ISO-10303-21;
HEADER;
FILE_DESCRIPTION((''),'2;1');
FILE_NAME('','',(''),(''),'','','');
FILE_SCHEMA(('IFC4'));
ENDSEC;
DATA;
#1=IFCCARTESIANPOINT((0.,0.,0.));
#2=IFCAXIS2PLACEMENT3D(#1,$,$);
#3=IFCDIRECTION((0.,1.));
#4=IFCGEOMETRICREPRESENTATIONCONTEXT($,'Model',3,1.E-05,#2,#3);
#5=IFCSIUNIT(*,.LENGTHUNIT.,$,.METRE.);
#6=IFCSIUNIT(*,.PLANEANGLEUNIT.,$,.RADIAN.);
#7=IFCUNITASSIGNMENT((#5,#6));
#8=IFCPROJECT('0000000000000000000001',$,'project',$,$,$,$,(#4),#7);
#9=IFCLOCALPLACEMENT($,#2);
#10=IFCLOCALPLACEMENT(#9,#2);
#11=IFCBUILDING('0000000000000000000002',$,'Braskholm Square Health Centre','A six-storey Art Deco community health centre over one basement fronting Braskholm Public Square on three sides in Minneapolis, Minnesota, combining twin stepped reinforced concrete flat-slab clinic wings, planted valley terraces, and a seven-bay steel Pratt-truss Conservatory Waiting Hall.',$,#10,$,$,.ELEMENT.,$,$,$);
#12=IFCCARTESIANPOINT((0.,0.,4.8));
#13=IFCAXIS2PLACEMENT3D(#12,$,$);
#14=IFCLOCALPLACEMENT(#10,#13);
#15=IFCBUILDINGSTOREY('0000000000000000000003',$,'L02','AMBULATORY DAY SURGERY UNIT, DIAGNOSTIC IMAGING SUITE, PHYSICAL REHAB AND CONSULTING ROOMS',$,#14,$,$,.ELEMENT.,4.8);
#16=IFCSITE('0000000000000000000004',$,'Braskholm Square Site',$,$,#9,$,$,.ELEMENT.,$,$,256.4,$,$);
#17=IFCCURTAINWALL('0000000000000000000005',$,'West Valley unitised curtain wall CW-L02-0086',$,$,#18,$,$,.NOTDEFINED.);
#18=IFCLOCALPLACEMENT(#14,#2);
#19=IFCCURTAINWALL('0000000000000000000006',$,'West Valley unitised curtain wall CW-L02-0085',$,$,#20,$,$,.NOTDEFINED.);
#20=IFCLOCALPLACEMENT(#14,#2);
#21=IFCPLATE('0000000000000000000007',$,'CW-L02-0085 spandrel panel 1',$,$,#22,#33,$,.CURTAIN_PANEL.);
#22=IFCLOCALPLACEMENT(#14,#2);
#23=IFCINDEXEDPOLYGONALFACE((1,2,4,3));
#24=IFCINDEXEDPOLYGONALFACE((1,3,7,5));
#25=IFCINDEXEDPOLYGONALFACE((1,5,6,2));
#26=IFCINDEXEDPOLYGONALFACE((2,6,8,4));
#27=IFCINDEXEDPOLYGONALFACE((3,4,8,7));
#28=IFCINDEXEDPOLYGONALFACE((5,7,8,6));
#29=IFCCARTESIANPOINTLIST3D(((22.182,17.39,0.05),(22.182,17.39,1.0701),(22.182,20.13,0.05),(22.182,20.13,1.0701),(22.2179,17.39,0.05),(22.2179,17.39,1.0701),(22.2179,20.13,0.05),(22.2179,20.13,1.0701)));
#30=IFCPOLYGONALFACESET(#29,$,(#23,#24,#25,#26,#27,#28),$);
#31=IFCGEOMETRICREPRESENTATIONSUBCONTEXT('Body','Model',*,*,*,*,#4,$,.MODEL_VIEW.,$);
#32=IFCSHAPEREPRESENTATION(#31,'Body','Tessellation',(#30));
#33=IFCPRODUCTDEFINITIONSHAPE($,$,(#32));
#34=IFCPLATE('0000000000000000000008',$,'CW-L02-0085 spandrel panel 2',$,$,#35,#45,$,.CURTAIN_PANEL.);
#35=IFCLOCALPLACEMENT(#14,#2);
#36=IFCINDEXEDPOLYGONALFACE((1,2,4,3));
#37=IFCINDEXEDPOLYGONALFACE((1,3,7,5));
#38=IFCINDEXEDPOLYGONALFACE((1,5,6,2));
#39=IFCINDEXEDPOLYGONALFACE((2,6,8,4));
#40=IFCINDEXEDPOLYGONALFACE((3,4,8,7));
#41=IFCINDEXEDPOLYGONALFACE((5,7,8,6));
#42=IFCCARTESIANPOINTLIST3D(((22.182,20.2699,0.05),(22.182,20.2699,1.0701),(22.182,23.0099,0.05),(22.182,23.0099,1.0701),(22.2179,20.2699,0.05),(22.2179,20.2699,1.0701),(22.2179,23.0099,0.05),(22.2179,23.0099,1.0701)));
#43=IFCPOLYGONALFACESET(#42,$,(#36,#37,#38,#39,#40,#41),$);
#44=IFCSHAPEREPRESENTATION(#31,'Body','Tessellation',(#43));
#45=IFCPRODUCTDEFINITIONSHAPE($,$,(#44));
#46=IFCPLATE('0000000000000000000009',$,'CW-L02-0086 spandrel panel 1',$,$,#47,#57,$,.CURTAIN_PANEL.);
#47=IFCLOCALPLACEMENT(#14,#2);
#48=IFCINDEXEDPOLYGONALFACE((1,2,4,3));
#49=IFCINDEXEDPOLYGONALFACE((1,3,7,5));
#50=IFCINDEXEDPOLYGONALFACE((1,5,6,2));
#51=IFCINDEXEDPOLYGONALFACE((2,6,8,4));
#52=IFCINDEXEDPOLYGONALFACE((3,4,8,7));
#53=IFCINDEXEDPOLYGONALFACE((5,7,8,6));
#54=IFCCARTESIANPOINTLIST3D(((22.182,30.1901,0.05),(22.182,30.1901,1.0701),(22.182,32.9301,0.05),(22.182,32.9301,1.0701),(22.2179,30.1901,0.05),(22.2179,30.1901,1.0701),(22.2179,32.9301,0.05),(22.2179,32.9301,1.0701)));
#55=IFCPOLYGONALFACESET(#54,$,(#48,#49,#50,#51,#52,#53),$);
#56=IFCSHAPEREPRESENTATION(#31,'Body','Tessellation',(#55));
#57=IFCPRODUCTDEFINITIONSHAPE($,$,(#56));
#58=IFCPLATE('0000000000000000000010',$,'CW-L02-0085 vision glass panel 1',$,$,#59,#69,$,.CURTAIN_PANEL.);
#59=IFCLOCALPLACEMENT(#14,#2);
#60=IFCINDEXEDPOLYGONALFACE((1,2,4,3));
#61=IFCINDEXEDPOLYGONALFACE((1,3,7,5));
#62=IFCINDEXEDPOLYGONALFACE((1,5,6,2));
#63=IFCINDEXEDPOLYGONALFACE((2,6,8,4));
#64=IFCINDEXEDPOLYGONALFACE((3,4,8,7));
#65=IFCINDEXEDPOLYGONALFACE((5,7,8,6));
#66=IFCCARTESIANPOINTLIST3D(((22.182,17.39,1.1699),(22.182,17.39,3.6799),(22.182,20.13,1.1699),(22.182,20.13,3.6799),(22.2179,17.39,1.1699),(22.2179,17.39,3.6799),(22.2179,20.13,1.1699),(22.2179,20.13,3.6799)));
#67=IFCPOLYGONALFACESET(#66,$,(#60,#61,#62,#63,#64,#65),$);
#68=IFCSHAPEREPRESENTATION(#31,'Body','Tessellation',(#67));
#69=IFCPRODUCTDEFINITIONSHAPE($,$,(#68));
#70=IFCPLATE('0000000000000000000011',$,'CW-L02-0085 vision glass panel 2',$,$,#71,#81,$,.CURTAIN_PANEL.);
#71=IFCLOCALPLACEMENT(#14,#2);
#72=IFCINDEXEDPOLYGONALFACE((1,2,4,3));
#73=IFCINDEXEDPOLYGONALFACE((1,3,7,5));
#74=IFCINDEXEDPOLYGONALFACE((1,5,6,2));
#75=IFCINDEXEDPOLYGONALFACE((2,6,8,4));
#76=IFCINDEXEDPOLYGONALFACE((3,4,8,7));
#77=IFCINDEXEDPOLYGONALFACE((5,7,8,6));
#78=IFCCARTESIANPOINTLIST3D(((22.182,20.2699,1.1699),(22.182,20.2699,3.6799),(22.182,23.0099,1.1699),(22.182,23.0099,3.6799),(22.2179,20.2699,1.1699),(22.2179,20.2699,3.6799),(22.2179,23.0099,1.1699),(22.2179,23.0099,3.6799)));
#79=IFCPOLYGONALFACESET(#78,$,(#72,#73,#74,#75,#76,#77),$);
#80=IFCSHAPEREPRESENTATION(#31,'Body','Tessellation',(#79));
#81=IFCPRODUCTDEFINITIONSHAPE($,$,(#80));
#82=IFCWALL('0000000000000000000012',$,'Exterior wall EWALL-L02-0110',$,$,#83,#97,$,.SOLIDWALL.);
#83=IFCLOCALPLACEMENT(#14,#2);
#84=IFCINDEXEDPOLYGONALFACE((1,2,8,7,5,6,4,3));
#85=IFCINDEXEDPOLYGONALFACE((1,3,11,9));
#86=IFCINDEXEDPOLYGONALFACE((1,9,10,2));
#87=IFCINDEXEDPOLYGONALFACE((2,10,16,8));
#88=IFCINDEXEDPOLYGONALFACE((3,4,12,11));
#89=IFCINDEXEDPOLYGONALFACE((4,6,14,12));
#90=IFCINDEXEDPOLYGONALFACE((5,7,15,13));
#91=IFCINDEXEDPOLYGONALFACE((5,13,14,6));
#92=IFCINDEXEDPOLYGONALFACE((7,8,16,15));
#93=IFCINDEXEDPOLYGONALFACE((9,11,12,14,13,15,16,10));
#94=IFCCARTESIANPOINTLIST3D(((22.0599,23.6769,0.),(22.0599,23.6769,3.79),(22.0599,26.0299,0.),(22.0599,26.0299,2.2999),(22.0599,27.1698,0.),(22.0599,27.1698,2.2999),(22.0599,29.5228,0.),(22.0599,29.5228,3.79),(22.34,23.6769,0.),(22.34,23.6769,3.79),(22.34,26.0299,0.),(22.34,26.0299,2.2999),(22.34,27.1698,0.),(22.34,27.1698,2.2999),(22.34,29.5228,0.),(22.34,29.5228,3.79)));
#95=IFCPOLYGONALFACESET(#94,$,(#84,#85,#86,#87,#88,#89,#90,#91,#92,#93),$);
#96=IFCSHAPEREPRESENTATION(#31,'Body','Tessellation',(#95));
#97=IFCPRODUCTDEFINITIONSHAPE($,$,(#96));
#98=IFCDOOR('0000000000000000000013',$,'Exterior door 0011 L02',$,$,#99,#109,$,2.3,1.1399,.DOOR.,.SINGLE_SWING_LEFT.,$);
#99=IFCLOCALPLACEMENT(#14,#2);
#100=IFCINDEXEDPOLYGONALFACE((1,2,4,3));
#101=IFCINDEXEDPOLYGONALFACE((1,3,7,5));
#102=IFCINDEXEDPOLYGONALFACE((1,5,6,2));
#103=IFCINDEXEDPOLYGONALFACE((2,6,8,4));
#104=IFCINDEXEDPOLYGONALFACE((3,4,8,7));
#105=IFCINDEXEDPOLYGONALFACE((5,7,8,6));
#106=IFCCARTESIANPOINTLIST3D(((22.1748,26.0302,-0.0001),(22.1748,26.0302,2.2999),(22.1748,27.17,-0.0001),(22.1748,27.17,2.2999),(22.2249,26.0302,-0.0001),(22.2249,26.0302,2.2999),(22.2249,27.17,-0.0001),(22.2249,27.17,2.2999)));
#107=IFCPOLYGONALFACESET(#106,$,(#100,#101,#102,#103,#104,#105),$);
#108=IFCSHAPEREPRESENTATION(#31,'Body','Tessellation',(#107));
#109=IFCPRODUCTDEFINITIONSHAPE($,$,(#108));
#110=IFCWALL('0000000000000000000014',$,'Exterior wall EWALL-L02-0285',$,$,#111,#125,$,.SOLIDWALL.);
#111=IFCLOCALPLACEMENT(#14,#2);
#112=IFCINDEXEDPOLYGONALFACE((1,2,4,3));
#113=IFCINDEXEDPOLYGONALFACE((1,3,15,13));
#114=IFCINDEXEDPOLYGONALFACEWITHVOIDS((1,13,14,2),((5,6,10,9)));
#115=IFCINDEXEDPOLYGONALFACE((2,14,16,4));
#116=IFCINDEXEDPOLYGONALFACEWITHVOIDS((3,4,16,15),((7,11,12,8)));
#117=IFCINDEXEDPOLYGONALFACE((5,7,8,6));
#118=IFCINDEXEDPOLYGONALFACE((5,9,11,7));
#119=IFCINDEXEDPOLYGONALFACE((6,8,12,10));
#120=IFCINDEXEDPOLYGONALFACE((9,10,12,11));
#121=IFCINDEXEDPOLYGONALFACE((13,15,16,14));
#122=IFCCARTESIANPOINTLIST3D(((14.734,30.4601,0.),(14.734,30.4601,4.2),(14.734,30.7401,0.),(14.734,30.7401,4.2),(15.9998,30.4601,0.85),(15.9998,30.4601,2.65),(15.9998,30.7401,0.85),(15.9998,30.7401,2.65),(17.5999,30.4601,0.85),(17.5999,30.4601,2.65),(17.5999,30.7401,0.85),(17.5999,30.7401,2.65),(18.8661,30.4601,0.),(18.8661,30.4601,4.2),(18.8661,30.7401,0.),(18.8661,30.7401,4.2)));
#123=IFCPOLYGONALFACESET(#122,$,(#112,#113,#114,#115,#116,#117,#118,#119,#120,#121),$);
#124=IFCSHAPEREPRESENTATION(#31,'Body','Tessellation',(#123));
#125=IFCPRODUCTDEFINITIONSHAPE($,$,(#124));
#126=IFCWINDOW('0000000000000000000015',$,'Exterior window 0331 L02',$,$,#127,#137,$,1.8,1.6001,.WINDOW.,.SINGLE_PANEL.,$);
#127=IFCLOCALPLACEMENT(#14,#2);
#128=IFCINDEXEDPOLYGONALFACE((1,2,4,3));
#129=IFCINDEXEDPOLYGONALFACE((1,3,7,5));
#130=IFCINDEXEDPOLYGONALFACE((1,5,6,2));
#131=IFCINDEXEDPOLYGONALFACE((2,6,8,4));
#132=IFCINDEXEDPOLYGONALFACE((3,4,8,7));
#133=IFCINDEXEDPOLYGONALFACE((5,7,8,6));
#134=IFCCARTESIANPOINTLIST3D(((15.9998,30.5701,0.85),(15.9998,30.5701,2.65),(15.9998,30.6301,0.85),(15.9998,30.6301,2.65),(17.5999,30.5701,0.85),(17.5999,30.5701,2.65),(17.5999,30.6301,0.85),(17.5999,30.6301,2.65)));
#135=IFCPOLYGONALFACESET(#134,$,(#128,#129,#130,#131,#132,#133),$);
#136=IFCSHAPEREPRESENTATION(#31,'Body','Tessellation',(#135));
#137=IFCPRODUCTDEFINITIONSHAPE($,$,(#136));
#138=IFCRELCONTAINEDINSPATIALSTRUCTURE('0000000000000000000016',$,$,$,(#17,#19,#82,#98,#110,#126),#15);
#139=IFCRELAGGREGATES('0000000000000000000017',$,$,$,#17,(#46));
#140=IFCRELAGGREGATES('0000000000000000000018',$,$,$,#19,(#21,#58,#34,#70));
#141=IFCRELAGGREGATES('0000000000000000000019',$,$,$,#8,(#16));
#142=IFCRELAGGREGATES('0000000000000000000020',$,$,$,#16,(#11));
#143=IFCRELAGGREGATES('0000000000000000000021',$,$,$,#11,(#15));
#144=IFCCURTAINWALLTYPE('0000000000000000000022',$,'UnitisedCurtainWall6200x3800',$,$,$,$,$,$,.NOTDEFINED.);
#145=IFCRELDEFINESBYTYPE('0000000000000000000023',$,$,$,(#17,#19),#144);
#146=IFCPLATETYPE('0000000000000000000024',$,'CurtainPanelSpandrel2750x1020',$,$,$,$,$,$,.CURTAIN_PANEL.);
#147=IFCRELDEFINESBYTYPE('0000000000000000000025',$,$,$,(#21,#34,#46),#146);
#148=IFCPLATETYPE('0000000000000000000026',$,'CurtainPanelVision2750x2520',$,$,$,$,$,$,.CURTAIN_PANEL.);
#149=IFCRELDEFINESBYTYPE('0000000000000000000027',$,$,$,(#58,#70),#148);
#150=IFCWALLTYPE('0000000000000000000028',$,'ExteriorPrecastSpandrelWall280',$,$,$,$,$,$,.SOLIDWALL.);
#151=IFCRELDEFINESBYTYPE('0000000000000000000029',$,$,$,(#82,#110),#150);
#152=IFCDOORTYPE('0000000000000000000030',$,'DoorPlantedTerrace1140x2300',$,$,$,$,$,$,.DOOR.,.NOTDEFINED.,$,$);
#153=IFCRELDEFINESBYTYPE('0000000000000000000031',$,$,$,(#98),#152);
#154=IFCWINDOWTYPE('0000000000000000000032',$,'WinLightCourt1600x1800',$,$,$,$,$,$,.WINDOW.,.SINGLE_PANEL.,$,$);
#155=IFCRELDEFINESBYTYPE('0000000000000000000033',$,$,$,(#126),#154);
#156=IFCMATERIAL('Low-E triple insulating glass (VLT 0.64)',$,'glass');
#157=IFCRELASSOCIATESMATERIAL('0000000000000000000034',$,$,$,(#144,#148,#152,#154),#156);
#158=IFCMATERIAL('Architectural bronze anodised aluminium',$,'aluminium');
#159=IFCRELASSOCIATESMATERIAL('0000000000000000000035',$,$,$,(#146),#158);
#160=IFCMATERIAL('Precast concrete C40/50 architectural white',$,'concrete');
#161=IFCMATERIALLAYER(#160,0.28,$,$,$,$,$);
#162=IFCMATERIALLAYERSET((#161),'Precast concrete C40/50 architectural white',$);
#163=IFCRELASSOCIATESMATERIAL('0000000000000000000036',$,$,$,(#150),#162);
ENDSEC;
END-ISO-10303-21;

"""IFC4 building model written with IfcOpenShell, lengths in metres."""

from ifc_helpers import new_model, si_unit, direction, frame, frame_2d, origin, origin_with_axes, origin_2d, place, context, subcontext, project, spatial, rectangle, extrude, material, layer, layer_set, type_object, element, fill, aggregate, save


model = new_model("IFC4")

# Units and contexts
model_context = context("Model", 3, precision=1e-05, world=origin(), true_north=direction((0.0, 1.0)))
body_context = subcontext(model_context, "Body", "Model", "MODEL_VIEW")
ifc_project = project(units=[si_unit("LENGTHUNIT", "METRE"), si_unit("PLANEANGLEUNIT", "RADIAN")], contexts=[model_context])

# Site, building, storey
site_placement = place(None, origin())
site = spatial("IfcSite", under=ifc_project, at=site_placement, Name="Braskholm Square Site", CompositionType="ELEMENT", RefElevation=256.4)
building_placement = place(site_placement, origin())
building = spatial("IfcBuilding", under=site, at=building_placement, Name="Braskholm Square Health Centre", Description="A six-storey Art Deco community health centre over one basement fronting Braskholm Public Square on three sides in Minneapolis, Minnesota, combining twin stepped reinforced concrete flat-slab clinic wings, planted valley terraces, and a seven-bay steel Pratt-truss Conservatory Waiting Hall.", CompositionType="ELEMENT")
storey_placement = place(building_placement, frame((0.0, 0.0, 4.8)))
storey = spatial("IfcBuildingStorey", under=building, at=storey_placement, Name="L02", Description="AMBULATORY DAY SURGERY UNIT, DIAGNOSTIC IMAGING SUITE, PHYSICAL REHAB AND CONSULTING ROOMS", CompositionType="ELEMENT", Elevation=4.8)

# Curtain wall
ifc_material_1 = material(Name="Low-E triple insulating glass (VLT 0.64)", Category="glass")
curtain_wall_type_1 = type_object("IfcCurtainWallType", Name="UnitisedCurtainWall6200x3800", PredefinedType="NOTDEFINED", material=ifc_material_1)
curtain_wall_1_placement = place(storey_placement, origin())
curtain_wall_1 = element("IfcCurtainWall", 1, at=curtain_wall_1_placement, inside=storey, type_object=curtain_wall_type_1, Name="West Valley unitised curtain wall CW-L02-0086", PredefinedType="NOTDEFINED")
ifc_material_2 = material(Name="Architectural bronze anodised aluminium", Category="aluminium")

# Curtain wall
curtain_wall_2_placement = place(storey_placement, origin())
curtain_wall_2 = element("IfcCurtainWall", 2, at=curtain_wall_2_placement, inside=storey, type_object=curtain_wall_type_1, Name="West Valley unitised curtain wall CW-L02-0085", PredefinedType="NOTDEFINED")

# Shared definitions
ifc_material_3 = material(Name="Precast concrete C40/50 architectural white", Category="concrete")

# Plates
plate_type_1 = type_object("IfcPlateType", Name="CurtainPanelSpandrel2750x1020", PredefinedType="CURTAIN_PANEL", material=ifc_material_2)
plate_1_placement = place(storey_placement, frame((22.2, 18.76, 0.05), z_axis=(0.0, 0.0, 1.0), x_axis=(0.0, 1.0, 0.0)))
plate_1 = element("IfcPlate", 3, at=plate_1_placement, type_object=plate_type_1, Name="CW-L02-0085 spandrel panel 1", PredefinedType="CURTAIN_PANEL", context=body_context, shape_type="SweptSolid", body=[
    extrude(rectangle(XDim=2.74, YDim=0.0359, at=origin_2d()), origin(), (0.0, 0.0, 1.0), 1.02),
])
plate_2_placement = place(storey_placement, frame((22.2, 21.6399, 0.05), z_axis=(0.0, 0.0, 1.0), x_axis=(0.0, 1.0, 0.0)))
plate_2 = element("IfcPlate", 4, at=plate_2_placement, type_object=plate_type_1, Name="CW-L02-0085 spandrel panel 2", PredefinedType="CURTAIN_PANEL", context=body_context, shape_type="SweptSolid", body=[
    extrude(rectangle(XDim=2.74, YDim=0.0359, at=origin_2d()), origin(), (0.0, 0.0, 1.0), 1.02),
])
plate_3_placement = place(storey_placement, frame((22.2, 31.5601, 0.05), z_axis=(0.0, 0.0, 1.0), x_axis=(0.0, 1.0, 0.0)))
plate_3 = element("IfcPlate", 5, at=plate_3_placement, type_object=plate_type_1, Name="CW-L02-0086 spandrel panel 1", PredefinedType="CURTAIN_PANEL", context=body_context, shape_type="SweptSolid", body=[
    extrude(rectangle(XDim=2.74, YDim=0.0359, at=origin_2d()), origin(), (0.0, 0.0, 1.0), 1.02),
])
aggregate(curtain_wall_1, [plate_3])
plate_type_2 = type_object("IfcPlateType", Name="CurtainPanelVision2750x2520", PredefinedType="CURTAIN_PANEL", material=ifc_material_1)
plate_4_placement = place(storey_placement, frame((22.2, 18.76, 1.1699), z_axis=(0.0, 0.0, 1.0), x_axis=(0.0, 1.0, 0.0)))
plate_4 = element("IfcPlate", 6, at=plate_4_placement, type_object=plate_type_2, Name="CW-L02-0085 vision glass panel 1", PredefinedType="CURTAIN_PANEL", context=body_context, shape_type="SweptSolid", body=[
    extrude(rectangle(XDim=2.74, YDim=0.0359, at=origin_2d()), origin(), (0.0, 0.0, 1.0), 2.51),
])
plate_5_placement = place(storey_placement, frame((22.2, 21.6399, 1.1699), z_axis=(0.0, 0.0, 1.0), x_axis=(0.0, 1.0, 0.0)))
plate_5 = element("IfcPlate", 7, at=plate_5_placement, type_object=plate_type_2, Name="CW-L02-0085 vision glass panel 2", PredefinedType="CURTAIN_PANEL", context=body_context, shape_type="SweptSolid", body=[
    extrude(rectangle(XDim=2.74, YDim=0.0359, at=origin_2d()), origin(), (0.0, 0.0, 1.0), 2.51),
])
aggregate(curtain_wall_2, [plate_1, plate_4, plate_2, plate_5])

# Wall, opening, door
ifc_layer = layer(ifc_material_3, 0.28)
ifc_layer_set = layer_set([ifc_layer], Name="Precast concrete C40/50 architectural white")
wall_type = type_object("IfcWallType", Name="ExteriorPrecastSpandrelWall280", PredefinedType="SOLIDWALL", material=ifc_layer_set)
wall_1_placement = place(storey_placement, frame((22.2, 23.677, 0.0), z_axis=(0.0, 0.0, 1.0), x_axis=(0.0, 1.0, 0.0)))
wall_1 = element("IfcWall", 8, at=wall_1_placement, inside=storey, type_object=wall_type, Name="Exterior wall EWALL-L02-0110", PredefinedType="SOLIDWALL", context=body_context, shape_type="SweptSolid", body=[
    extrude(rectangle(XDim=5.8459, YDim=0.28, at=frame_2d((2.9229, 0.0))), origin(), (0.0, 0.0, 1.0), 3.79),
])
opening_1_placement = place(wall_1_placement, frame((2.353, 0.0, 0.0)))
opening_1 = element("IfcOpeningElement", 9, at=opening_1_placement, cuts=wall_1, PredefinedType="OPENING", context=body_context, shape_type="SweptSolid", body=[
    extrude(rectangle(XDim=1.1399, YDim=2.3, at=frame_2d((0.5698, 1.1499))), frame((0.0, 0.1499, 0.0), z_axis=(0.0, -1.0, 0.0), x_axis=(1.0, 0.0, 0.0)), (0.0, 0.0, 1.0), 0.3),
])
door_type = type_object("IfcDoorType", Name="DoorPlantedTerrace1140x2300", OperationType="NOTDEFINED", PredefinedType="DOOR", material=ifc_material_1)
door_placement = place(opening_1_placement, frame((1.1399, 0.0, 0.0), z_axis=(0.0, 0.0, 1.0), x_axis=(-1.0, 0.0, 0.0)))
door = element("IfcDoor", 10, at=door_placement, inside=storey, type_object=door_type, Name="Exterior door 0011 L02", OperationType="SINGLE_SWING_LEFT", OverallHeight=2.3, OverallWidth=1.1399, PredefinedType="DOOR", context=body_context, shape_type="SweptSolid", body=[
    extrude(rectangle(XDim=1.1399, YDim=2.3, at=frame_2d((0.5698, 1.1499))), frame((0.0, 0.0249, 0.0), z_axis=(0.0, -1.0, 0.0), x_axis=(1.0, 0.0, 0.0)), (0.0, 0.0, 1.0), 0.05),
])
fill(opening_1, door)

# Wall, opening, window
wall_2_placement = place(storey_placement, frame((18.866, 30.6001, 0.0), z_axis=(0.0, 0.0, 1.0), x_axis=(-1.0, 0.0, 0.0)))
wall_2 = element("IfcWall", 11, at=wall_2_placement, inside=storey, type_object=wall_type, Name="Exterior wall EWALL-L02-0285", PredefinedType="SOLIDWALL", context=body_context, shape_type="SweptSolid", body=[
    extrude(rectangle(XDim=4.1321, YDim=0.28, at=frame_2d((2.0659, 0.0))), origin(), (0.0, 0.0, 1.0), 4.2),
])
opening_2_placement = place(wall_2_placement, frame((1.2661, 0.0, 0.8501)))
opening_2 = element("IfcOpeningElement", 12, at=opening_2_placement, cuts=wall_2, PredefinedType="OPENING", context=body_context, shape_type="SweptSolid", body=[
    extrude(rectangle(XDim=1.6001, YDim=1.8, at=frame_2d((0.8, 0.8999))), frame((0.0, 0.1499, 0.0), z_axis=(0.0, -1.0, 0.0), x_axis=(1.0, 0.0, 0.0)), (0.0, 0.0, 1.0), 0.3),
])
window_type = type_object("IfcWindowType", Name="WinLightCourt1600x1800", PartitioningType="SINGLE_PANEL", PredefinedType="WINDOW", material=ifc_material_1)
window_placement = place(opening_2_placement, origin_with_axes())
window = element("IfcWindow", 13, at=window_placement, inside=storey, type_object=window_type, Name="Exterior window 0331 L02", OverallHeight=1.8, OverallWidth=1.6001, PartitioningType="SINGLE_PANEL", PredefinedType="WINDOW", context=body_context, shape_type="SweptSolid", body=[
    extrude(rectangle(XDim=1.6001, YDim=1.8, at=frame_2d((0.8, 0.8999))), frame((0.0, 0.03, 0.0), z_axis=(0.0, -1.0, 0.0), x_axis=(1.0, 0.0, 0.0)), (0.0, 0.0, 1.0), 0.0601),
])
fill(opening_2, window)

save(model, "model.ifc")
